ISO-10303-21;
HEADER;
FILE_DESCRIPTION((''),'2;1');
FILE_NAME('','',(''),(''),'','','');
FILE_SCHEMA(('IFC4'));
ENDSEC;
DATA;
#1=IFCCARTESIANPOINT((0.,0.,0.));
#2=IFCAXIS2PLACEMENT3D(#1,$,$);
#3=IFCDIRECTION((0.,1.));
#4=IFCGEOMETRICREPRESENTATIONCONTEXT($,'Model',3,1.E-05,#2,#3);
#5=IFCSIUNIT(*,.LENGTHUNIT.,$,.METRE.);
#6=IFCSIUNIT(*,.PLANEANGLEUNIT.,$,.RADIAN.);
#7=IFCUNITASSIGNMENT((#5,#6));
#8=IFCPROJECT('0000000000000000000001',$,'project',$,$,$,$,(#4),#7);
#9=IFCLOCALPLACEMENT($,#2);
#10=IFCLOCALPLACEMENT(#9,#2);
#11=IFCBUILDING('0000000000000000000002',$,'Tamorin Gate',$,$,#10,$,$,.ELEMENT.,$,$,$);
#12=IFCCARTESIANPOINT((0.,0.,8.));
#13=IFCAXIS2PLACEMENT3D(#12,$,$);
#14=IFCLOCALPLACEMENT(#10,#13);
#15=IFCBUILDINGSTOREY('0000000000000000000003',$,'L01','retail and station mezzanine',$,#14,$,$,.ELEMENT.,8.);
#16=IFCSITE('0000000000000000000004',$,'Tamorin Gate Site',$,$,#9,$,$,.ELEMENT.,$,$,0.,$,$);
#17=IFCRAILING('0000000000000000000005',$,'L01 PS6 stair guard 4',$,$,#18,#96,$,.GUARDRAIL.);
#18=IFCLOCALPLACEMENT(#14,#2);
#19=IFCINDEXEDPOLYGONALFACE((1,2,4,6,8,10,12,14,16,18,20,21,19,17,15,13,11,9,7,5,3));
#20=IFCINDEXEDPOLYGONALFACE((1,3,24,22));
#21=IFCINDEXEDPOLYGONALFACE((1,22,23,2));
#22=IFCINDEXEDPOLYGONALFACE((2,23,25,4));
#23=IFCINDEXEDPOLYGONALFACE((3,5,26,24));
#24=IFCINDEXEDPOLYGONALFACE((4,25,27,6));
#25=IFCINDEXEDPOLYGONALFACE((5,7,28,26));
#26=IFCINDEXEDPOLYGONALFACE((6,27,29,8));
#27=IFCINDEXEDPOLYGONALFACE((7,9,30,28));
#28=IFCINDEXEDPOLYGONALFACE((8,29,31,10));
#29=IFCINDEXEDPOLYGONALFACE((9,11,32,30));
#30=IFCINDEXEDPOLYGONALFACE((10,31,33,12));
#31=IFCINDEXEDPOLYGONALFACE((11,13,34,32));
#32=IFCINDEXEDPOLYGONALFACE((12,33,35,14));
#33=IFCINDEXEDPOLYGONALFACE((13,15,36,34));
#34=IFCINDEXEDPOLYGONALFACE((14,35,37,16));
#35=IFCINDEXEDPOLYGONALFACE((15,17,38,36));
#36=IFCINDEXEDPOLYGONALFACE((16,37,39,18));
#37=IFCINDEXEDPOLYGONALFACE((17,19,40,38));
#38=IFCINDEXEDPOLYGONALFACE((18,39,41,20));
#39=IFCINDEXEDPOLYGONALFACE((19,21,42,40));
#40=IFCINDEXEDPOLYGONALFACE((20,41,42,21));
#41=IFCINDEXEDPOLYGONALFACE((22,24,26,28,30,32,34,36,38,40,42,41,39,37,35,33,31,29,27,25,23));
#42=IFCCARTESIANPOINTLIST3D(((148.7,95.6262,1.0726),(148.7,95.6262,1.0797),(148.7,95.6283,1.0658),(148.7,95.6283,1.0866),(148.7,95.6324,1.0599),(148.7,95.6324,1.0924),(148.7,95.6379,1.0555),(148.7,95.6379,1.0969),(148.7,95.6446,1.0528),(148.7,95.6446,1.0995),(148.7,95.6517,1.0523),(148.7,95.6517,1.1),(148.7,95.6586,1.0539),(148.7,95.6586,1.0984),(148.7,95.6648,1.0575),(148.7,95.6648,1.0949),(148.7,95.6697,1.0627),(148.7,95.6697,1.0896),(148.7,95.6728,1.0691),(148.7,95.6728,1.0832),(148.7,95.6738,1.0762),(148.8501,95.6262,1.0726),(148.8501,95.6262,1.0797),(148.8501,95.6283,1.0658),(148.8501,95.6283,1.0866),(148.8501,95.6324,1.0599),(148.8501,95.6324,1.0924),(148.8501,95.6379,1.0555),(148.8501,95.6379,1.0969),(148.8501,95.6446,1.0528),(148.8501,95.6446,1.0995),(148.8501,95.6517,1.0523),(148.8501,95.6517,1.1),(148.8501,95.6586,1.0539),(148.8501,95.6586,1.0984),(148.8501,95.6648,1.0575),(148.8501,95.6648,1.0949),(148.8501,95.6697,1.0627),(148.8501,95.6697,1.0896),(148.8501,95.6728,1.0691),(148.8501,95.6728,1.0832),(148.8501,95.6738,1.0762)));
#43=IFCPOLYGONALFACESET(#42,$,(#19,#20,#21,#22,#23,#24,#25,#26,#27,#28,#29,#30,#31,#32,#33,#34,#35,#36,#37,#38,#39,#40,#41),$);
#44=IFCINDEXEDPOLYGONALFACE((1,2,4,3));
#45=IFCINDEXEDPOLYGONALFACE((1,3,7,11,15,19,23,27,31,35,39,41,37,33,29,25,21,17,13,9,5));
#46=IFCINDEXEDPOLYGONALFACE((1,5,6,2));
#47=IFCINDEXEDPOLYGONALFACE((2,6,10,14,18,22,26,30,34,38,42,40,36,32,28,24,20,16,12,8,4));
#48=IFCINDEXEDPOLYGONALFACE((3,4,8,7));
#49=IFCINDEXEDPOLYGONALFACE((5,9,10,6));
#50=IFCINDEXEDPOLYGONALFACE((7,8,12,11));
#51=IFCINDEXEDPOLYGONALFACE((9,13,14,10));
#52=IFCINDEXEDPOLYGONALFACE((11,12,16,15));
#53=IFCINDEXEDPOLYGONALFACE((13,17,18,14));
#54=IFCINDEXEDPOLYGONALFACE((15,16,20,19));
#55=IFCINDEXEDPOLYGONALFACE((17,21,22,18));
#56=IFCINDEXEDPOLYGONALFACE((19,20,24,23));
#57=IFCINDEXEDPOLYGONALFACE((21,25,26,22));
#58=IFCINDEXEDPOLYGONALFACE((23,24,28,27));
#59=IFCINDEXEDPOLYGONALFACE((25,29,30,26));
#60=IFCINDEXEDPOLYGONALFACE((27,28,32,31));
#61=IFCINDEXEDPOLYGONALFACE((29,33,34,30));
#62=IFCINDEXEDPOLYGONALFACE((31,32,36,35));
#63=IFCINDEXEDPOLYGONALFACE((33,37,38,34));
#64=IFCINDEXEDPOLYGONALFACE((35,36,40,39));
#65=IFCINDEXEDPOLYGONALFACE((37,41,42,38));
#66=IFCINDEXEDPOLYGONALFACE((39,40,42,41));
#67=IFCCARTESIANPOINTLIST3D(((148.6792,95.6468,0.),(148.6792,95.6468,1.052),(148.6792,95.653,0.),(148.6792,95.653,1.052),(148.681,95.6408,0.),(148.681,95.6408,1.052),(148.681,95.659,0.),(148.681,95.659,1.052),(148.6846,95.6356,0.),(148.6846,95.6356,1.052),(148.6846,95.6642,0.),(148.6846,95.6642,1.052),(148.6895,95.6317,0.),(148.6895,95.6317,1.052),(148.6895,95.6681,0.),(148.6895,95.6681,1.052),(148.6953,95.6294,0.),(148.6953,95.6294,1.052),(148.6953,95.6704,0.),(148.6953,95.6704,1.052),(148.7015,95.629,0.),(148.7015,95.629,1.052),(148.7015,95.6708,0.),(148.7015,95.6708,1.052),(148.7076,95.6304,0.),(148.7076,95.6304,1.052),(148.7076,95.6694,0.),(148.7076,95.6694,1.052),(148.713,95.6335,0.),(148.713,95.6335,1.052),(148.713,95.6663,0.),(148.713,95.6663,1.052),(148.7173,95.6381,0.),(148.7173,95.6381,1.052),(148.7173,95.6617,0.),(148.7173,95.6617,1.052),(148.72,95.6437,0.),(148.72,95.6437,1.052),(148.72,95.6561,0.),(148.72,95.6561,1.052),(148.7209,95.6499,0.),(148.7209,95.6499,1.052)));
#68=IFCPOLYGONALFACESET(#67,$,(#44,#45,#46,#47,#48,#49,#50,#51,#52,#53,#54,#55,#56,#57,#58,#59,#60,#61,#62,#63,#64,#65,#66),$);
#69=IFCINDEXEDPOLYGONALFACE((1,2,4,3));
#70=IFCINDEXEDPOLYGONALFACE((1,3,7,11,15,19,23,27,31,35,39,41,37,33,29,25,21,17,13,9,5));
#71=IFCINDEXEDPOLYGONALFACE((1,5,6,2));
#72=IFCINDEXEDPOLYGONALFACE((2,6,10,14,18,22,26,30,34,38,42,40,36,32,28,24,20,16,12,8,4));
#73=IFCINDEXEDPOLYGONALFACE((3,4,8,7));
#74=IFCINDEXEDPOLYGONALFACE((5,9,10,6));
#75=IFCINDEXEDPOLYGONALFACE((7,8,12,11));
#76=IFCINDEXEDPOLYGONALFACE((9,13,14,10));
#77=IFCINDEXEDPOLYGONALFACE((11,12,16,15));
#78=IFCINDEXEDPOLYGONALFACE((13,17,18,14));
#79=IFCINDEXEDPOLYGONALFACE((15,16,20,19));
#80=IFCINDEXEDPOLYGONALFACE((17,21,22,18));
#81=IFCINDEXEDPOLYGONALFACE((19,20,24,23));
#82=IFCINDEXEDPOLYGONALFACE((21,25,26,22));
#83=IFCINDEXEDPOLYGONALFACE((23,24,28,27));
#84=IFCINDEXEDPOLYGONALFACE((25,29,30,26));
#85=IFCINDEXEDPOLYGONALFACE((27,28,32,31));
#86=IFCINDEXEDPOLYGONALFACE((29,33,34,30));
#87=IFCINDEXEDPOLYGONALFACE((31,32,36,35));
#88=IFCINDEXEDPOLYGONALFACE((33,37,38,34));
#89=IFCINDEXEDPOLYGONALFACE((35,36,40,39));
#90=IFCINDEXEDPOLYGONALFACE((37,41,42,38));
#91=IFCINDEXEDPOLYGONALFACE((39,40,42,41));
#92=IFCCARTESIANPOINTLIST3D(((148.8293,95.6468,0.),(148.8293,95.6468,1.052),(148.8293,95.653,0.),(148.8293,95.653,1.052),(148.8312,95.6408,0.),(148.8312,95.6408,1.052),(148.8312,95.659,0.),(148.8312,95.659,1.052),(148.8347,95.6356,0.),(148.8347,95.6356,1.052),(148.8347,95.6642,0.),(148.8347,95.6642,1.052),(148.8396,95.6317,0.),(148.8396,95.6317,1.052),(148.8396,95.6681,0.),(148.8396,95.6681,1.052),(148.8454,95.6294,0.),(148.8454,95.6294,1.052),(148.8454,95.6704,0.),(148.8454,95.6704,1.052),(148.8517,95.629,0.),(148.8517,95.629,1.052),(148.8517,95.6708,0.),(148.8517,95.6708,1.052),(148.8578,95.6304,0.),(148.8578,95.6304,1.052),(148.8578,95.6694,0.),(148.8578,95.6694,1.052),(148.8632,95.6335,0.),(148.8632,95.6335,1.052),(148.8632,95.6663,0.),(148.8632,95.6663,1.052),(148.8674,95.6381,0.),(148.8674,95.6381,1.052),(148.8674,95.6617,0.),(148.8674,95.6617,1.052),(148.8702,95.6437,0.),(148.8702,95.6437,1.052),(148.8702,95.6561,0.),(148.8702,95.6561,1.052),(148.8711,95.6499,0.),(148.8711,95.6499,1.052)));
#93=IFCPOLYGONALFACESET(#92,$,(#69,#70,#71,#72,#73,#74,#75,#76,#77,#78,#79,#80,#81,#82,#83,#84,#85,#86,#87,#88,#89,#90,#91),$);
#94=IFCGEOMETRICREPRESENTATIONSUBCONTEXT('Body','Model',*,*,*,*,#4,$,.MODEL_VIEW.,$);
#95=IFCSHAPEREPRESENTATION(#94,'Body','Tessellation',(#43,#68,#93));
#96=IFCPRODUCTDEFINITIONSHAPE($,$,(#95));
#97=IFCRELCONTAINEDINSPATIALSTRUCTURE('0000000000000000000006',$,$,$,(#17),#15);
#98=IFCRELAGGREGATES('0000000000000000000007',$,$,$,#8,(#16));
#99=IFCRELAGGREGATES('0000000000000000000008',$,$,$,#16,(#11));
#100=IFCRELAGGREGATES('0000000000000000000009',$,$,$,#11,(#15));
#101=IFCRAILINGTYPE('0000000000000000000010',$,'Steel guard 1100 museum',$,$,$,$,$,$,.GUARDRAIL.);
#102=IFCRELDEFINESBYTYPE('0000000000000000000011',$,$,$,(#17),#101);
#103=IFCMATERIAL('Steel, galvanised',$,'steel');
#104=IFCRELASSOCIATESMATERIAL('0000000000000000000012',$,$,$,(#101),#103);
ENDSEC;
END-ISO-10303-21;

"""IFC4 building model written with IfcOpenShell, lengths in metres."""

from ifc_helpers import new_model, si_unit, direction, frame, origin, origin_2d, place, context, subcontext, project, spatial, circle, extrude, material, type_object, element, save


model = new_model("IFC4")

# Units and contexts
model_context = context("Model", 3, precision=1e-05, world=origin(), true_north=direction((0.0, 1.0)))
body_context = subcontext(model_context, "Body", "Model", "MODEL_VIEW")
ifc_project = project(units=[si_unit("LENGTHUNIT", "METRE"), si_unit("PLANEANGLEUNIT", "RADIAN")], contexts=[model_context])

# Site, building, storey
site_placement = place(None, origin())
site = spatial("IfcSite", under=ifc_project, at=site_placement, Name="Tamorin Gate Site", CompositionType="ELEMENT", RefElevation=0.0)
building_placement = place(site_placement, origin())
building = spatial("IfcBuilding", under=site, at=building_placement, Name="Tamorin Gate", CompositionType="ELEMENT")
storey_placement = place(building_placement, frame((0.0, 0.0, 8.0)))
storey = spatial("IfcBuildingStorey", under=building, at=storey_placement, Name="L01", Description="retail and station mezzanine", CompositionType="ELEMENT", Elevation=8.0)

# Railing
ifc_material_1 = material(Name="Steel, galvanised", Category="steel")
railing_type_1 = type_object("IfcRailingType", Name="Steel guard 1100 museum", PredefinedType="GUARDRAIL", material=ifc_material_1)
railing_1_placement = place(storey_placement, frame((148.7, 95.6499, 0.0)))
element("IfcRailing", 1, at=railing_1_placement, inside=storey, type_object=railing_type_1, Name="L01 PS6 stair guard 4", PredefinedType="GUARDRAIL", context=body_context, shape_type="SweptSolid", body=[
    extrude(circle(Radius=0.0239, at=origin_2d()), frame((0.0, 0.0, 1.0762), z_axis=(1.0, 0.0, 0.0), x_axis=(0.0, 1.0, 0.0)), (0.0, 0.0, 1.0), 0.1501),
    extrude(circle(Radius=0.021, at=origin_2d()), origin(), (0.0, 0.0, 1.0), 1.052),
    extrude(circle(Radius=0.021, at=origin_2d()), frame((0.1501, 0.0, 0.0)), (0.0, 0.0, 1.0), 1.052),
])

save(model, "model.ifc")
